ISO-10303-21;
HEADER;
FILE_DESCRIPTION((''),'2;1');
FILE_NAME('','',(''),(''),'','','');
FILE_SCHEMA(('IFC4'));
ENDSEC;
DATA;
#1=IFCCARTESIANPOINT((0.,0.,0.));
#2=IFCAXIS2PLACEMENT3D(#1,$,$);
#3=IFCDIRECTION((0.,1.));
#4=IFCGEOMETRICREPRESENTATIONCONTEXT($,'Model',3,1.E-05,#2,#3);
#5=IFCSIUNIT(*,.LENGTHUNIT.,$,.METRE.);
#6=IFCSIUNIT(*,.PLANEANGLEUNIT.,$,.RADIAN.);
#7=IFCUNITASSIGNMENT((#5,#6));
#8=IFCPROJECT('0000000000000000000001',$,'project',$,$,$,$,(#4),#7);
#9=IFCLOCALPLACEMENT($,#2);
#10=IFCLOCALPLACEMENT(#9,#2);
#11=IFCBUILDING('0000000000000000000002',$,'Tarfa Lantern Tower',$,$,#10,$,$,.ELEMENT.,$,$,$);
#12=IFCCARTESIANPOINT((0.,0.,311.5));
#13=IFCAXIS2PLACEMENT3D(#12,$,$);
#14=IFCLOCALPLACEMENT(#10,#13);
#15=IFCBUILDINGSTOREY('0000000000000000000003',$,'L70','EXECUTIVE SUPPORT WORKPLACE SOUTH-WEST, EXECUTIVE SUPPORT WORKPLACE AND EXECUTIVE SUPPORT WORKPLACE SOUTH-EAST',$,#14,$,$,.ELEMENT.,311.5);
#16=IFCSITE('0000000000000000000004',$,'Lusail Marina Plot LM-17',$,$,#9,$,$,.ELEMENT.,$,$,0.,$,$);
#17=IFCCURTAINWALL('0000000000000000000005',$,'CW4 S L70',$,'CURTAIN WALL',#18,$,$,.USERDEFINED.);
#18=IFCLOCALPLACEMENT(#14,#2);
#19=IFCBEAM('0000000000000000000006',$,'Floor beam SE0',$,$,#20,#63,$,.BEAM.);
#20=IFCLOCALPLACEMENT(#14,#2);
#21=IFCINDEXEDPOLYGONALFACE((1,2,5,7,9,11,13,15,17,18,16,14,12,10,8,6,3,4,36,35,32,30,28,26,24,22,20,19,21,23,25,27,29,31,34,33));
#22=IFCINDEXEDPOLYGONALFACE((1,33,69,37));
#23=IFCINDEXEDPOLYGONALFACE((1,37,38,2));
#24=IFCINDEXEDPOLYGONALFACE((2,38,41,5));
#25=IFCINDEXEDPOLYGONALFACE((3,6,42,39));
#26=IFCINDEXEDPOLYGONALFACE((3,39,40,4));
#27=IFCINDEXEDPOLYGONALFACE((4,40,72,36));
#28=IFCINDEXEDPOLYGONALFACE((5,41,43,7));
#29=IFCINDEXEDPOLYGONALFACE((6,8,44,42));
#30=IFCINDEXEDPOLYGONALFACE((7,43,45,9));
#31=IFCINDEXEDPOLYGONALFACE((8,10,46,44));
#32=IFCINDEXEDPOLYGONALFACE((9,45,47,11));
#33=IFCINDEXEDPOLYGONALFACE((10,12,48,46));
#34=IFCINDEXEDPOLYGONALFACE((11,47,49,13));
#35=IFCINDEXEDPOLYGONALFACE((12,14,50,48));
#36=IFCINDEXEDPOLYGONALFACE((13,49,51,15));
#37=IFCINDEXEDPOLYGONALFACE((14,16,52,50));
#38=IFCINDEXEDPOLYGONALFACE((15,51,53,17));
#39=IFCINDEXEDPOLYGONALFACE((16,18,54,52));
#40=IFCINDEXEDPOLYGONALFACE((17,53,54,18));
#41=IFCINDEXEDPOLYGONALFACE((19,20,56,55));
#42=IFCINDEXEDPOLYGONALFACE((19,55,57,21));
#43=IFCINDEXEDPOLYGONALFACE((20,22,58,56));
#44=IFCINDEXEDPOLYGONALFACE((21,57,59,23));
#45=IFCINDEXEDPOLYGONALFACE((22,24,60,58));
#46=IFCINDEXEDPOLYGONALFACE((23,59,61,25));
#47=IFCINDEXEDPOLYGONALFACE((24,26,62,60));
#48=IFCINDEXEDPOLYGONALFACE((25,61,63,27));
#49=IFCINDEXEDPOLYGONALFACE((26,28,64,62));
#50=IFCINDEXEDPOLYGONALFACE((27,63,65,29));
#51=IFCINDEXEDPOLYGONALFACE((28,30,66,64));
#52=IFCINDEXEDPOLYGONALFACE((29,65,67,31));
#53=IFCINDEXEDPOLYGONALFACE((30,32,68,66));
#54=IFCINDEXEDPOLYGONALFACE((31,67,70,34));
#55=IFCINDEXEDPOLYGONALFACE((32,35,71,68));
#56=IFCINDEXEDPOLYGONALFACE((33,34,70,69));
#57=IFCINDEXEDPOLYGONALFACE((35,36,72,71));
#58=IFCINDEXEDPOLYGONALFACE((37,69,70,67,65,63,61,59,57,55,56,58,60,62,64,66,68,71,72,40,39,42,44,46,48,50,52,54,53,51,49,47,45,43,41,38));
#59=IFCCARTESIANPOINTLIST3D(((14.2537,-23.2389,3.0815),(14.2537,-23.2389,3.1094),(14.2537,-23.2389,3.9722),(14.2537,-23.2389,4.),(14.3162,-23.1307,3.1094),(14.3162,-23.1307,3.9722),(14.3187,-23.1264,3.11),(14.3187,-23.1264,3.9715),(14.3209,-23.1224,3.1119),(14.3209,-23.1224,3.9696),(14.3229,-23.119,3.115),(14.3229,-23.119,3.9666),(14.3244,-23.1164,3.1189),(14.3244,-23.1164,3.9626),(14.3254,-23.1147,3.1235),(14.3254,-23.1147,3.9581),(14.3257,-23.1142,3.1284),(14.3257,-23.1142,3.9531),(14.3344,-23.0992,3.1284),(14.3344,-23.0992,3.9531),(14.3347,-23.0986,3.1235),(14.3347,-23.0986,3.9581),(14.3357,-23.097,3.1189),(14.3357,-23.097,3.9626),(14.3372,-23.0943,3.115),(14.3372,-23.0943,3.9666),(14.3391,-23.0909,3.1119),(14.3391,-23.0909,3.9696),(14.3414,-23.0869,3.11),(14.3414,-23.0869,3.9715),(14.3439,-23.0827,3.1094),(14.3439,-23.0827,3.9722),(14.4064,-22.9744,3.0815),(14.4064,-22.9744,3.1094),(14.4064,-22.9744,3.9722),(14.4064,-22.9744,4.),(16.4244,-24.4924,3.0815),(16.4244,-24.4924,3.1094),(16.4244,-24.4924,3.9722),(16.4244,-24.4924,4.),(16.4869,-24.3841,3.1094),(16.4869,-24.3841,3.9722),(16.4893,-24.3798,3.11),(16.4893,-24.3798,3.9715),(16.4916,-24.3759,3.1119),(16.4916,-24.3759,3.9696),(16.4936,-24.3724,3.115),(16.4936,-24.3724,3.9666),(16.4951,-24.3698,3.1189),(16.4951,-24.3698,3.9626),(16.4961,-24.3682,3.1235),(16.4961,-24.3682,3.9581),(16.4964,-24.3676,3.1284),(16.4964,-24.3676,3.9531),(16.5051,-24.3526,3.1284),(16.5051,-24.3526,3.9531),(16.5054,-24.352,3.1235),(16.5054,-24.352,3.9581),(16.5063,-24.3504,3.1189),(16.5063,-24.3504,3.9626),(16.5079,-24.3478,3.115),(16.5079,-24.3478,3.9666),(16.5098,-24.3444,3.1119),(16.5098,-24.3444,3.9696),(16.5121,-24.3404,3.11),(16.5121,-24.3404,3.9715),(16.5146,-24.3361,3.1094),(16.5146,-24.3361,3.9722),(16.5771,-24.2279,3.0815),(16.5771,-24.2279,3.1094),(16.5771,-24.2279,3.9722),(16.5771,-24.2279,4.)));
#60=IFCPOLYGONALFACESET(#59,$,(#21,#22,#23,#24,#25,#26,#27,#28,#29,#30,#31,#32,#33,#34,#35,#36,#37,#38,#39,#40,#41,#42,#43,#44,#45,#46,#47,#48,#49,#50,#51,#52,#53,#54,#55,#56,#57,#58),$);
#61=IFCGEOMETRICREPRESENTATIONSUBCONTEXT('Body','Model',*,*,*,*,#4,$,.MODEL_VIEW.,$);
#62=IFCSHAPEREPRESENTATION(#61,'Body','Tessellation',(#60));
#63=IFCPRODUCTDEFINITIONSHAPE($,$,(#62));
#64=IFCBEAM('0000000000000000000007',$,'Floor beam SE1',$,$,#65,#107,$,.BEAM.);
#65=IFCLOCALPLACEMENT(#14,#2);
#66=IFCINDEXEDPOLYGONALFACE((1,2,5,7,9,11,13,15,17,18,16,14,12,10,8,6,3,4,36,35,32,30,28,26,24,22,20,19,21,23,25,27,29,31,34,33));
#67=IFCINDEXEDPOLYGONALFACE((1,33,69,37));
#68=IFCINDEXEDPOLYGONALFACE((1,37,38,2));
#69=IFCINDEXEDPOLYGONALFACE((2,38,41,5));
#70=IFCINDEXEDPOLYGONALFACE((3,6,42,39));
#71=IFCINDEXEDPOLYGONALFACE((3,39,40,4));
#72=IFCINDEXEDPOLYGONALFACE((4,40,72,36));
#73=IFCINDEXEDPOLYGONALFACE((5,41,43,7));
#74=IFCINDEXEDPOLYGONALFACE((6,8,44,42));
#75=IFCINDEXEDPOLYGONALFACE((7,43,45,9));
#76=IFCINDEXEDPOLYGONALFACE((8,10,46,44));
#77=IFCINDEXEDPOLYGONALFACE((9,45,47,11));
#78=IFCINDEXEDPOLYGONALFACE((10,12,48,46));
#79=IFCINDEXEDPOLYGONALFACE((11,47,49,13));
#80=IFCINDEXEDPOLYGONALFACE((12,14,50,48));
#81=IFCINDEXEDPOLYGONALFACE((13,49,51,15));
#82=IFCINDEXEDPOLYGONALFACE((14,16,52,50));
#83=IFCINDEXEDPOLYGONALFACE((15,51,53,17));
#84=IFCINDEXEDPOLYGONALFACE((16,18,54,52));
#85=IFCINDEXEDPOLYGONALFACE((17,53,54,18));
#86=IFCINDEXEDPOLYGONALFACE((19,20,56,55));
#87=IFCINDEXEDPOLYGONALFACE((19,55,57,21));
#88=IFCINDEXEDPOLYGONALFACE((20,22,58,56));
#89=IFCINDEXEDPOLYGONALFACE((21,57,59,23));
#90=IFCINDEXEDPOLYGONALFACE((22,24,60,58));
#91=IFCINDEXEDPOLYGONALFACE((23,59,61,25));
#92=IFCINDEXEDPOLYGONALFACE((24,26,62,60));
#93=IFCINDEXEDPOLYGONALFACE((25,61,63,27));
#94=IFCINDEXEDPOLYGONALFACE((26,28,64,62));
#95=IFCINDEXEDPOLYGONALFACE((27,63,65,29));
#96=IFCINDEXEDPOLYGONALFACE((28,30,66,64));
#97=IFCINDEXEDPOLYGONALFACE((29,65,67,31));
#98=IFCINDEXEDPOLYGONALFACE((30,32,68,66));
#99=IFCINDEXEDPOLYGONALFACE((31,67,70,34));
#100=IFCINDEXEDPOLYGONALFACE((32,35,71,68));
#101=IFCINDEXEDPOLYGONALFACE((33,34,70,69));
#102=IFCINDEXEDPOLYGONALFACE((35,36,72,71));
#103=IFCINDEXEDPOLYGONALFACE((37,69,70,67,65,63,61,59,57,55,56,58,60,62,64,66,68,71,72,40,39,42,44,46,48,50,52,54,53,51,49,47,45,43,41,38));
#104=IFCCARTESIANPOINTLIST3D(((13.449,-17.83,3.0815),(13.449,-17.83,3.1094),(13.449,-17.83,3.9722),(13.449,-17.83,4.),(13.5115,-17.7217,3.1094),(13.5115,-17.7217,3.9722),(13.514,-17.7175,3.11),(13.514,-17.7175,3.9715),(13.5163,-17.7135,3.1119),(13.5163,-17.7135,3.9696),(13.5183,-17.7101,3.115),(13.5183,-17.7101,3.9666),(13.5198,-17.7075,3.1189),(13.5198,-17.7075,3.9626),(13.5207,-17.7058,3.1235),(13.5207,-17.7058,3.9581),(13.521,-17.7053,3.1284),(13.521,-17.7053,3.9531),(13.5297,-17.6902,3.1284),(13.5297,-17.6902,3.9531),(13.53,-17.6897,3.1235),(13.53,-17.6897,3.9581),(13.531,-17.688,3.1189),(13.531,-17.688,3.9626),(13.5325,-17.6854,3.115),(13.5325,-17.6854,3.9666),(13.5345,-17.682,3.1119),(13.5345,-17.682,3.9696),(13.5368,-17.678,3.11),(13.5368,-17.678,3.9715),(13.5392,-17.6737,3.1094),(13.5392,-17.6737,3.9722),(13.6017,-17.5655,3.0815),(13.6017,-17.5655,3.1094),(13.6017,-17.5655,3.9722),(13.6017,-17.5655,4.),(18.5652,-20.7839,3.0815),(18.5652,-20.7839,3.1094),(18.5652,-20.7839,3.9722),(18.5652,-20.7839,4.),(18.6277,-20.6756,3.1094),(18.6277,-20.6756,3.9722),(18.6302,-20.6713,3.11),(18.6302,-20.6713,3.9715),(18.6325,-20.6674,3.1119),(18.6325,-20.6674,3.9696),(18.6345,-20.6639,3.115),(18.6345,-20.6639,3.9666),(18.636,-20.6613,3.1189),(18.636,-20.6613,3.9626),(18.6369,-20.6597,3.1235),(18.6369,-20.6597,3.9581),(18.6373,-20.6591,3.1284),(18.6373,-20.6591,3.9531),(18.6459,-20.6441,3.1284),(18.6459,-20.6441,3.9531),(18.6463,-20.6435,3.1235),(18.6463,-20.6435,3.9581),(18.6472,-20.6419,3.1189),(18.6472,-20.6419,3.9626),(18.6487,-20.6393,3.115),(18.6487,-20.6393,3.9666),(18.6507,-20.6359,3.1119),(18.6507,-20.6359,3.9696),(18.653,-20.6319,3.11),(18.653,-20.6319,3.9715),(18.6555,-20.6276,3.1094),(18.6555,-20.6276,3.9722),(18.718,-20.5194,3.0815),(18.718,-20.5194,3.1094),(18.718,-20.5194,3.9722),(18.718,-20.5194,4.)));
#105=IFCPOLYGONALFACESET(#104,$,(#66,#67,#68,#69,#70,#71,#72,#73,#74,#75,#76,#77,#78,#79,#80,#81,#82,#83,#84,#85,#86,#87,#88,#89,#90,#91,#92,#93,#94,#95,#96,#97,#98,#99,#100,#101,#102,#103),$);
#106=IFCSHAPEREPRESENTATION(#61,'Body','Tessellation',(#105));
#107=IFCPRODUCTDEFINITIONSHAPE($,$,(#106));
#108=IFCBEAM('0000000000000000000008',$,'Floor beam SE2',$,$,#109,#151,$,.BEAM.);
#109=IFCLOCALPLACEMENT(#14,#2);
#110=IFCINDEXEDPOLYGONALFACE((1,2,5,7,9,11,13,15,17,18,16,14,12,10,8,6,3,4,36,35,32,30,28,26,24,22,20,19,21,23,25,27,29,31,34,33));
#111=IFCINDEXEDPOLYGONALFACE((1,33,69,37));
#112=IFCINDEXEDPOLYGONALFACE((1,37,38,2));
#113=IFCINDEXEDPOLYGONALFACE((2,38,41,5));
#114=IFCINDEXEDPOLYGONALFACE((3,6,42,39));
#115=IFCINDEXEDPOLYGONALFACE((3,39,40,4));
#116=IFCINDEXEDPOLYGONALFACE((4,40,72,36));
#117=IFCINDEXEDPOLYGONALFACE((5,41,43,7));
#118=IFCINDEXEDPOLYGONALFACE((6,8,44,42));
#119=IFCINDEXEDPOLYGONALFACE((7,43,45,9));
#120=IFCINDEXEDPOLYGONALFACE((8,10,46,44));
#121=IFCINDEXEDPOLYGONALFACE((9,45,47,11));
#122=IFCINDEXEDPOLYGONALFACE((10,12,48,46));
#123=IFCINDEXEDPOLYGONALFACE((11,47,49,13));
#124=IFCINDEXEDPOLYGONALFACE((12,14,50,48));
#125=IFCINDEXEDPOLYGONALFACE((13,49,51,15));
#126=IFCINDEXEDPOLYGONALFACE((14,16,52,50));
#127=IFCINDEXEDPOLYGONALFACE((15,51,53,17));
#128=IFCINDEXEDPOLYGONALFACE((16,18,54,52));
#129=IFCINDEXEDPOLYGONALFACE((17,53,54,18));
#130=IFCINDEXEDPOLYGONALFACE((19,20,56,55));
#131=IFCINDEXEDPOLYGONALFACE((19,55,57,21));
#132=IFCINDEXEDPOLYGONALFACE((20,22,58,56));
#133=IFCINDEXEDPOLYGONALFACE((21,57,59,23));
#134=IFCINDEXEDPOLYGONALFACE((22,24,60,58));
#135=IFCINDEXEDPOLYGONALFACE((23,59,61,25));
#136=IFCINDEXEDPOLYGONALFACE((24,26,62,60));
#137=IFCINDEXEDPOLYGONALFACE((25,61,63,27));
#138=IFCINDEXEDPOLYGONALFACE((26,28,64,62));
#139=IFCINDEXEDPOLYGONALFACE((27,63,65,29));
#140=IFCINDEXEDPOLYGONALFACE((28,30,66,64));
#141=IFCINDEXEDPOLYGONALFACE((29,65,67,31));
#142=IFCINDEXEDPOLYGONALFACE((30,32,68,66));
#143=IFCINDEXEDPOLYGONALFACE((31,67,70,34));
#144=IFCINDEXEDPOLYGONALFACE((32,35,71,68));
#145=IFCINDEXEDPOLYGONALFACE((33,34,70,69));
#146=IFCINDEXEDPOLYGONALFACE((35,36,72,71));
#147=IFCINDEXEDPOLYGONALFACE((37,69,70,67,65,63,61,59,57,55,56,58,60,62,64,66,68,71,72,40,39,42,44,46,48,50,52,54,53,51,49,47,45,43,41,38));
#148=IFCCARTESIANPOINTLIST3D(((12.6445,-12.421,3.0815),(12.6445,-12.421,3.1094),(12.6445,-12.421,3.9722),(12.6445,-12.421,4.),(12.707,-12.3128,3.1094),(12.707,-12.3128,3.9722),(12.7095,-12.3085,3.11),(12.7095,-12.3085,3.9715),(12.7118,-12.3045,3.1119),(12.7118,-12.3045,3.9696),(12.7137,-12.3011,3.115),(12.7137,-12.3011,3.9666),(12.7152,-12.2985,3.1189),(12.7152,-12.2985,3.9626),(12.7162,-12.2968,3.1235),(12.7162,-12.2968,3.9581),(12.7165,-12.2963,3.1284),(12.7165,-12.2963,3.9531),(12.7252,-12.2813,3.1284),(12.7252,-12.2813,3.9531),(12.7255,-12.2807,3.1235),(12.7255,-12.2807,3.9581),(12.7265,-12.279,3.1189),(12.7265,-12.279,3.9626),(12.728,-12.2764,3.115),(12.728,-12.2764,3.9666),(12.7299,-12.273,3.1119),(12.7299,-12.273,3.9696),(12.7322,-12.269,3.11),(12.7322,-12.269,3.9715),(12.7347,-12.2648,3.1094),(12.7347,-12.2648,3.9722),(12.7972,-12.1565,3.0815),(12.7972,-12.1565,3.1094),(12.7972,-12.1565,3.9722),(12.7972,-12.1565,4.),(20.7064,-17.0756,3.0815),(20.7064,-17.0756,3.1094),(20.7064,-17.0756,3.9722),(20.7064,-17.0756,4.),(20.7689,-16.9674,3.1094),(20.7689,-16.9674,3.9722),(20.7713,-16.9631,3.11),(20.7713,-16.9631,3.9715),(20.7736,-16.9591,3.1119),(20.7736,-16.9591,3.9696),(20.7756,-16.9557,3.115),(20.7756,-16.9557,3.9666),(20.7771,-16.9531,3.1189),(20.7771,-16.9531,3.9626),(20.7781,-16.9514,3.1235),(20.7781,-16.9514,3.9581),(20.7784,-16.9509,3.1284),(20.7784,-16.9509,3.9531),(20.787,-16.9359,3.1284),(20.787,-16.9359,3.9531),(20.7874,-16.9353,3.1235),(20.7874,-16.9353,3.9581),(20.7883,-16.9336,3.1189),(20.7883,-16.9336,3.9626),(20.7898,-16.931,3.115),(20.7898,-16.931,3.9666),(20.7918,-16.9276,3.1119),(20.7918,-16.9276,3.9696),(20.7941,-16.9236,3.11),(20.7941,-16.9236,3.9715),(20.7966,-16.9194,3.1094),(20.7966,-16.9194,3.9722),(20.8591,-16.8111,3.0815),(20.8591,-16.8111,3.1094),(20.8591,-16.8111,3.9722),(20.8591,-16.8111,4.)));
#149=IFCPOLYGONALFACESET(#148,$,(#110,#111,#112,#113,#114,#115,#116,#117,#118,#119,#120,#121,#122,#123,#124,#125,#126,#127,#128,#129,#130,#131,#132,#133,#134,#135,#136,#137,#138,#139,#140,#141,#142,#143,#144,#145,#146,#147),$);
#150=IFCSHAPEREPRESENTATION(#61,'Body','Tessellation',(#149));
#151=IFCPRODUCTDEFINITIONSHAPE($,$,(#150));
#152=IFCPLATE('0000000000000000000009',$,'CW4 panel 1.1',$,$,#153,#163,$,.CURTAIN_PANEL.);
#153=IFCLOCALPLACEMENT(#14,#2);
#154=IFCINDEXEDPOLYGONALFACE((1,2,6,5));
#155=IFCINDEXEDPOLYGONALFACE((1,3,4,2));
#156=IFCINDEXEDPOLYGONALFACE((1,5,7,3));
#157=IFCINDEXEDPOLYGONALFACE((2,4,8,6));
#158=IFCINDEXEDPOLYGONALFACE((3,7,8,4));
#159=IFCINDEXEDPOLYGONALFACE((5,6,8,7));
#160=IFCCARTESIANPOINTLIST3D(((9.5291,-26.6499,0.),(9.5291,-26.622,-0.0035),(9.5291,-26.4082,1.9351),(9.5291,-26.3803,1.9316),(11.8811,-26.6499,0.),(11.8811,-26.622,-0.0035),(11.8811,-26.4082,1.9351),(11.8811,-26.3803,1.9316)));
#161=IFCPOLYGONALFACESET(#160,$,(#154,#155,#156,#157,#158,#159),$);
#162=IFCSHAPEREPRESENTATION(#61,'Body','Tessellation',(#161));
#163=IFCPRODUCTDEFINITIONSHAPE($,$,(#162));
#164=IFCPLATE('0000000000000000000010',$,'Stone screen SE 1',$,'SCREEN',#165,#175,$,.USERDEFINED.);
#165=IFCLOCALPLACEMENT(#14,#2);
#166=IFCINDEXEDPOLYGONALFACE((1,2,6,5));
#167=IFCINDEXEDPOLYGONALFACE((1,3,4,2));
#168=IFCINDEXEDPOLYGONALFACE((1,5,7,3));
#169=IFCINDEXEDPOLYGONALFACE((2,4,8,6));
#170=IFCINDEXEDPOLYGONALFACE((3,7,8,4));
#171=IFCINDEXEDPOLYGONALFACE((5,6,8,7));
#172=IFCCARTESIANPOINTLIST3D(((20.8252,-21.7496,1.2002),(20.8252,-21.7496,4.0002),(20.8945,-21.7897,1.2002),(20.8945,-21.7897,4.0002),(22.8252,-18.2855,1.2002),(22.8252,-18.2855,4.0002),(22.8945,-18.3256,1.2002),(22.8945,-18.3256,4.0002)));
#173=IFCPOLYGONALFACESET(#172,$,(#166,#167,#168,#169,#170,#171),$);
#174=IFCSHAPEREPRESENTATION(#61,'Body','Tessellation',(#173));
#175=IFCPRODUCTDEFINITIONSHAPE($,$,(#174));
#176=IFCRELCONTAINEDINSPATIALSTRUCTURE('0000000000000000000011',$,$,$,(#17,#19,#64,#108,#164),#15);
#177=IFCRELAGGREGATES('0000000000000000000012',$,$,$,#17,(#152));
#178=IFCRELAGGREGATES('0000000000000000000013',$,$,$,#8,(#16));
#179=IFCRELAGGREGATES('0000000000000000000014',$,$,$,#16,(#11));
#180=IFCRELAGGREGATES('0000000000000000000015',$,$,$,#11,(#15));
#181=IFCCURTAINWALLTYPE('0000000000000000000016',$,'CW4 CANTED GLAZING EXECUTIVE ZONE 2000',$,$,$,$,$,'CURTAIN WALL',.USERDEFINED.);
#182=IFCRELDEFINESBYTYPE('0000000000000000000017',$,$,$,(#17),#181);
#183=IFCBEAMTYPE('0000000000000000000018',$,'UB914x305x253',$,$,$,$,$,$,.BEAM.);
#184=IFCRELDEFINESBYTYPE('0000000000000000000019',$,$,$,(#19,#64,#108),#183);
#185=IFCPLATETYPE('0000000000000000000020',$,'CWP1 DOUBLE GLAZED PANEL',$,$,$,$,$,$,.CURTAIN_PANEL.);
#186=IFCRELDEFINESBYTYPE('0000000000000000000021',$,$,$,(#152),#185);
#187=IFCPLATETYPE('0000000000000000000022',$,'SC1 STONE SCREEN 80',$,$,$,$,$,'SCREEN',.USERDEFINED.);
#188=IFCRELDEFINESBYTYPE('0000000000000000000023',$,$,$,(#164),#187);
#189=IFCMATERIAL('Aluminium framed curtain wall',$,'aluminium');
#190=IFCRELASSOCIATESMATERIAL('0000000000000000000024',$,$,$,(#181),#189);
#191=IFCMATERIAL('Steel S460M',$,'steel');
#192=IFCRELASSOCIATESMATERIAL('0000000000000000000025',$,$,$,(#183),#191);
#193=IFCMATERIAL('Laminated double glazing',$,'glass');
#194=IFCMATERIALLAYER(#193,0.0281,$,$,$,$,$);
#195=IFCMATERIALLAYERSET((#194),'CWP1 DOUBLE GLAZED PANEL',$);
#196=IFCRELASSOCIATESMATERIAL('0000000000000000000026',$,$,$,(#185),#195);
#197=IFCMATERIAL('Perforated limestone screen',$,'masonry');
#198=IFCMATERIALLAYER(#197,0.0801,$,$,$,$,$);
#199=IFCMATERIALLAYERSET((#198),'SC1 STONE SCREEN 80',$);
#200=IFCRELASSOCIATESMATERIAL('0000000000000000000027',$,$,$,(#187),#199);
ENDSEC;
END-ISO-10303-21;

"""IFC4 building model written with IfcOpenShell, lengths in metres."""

from ifc_helpers import new_model, si_unit, direction, frame, origin, origin_2d, place, context, subcontext, project, spatial, polyline, rectangle, i_section, outline, extrude, material, layer, layer_set, material_profile, profile_set, type_object, element, aggregate, save


model = new_model("IFC4")

# Units and contexts
model_context = context("Model", 3, precision=1e-05, world=origin(), true_north=direction((0.0, 1.0)))
body_context = subcontext(model_context, "Body", "Model", "MODEL_VIEW")
ifc_project = project(units=[si_unit("LENGTHUNIT", "METRE"), si_unit("PLANEANGLEUNIT", "RADIAN")], contexts=[model_context])

# Site, building, storey
site_placement = place(None, origin())
site = spatial("IfcSite", under=ifc_project, at=site_placement, Name="Lusail Marina Plot LM-17", CompositionType="ELEMENT", RefElevation=0.0)
building_placement = place(site_placement, origin())
building = spatial("IfcBuilding", under=site, at=building_placement, Name="Tarfa Lantern Tower", CompositionType="ELEMENT")
storey_placement = place(building_placement, frame((0.0, 0.0, 311.5)))
storey = spatial("IfcBuildingStorey", under=building, at=storey_placement, Name="L70", Description="EXECUTIVE SUPPORT WORKPLACE SOUTH-WEST, EXECUTIVE SUPPORT WORKPLACE AND EXECUTIVE SUPPORT WORKPLACE SOUTH-EAST", CompositionType="ELEMENT", Elevation=311.5)

# Shared definitions
ifc_material_1 = material(Name="Steel S460M", Category="steel")

# Curtain wall
ifc_material_2 = material(Name="Aluminium framed curtain wall", Category="aluminium")
curtain_wall_type = type_object("IfcCurtainWallType", Name="CW4 CANTED GLAZING EXECUTIVE ZONE 2000", ElementType="CURTAIN WALL", PredefinedType="USERDEFINED", material=ifc_material_2)
curtain_wall_placement = place(storey_placement, origin())
curtain_wall = element("IfcCurtainWall", 1, at=curtain_wall_placement, inside=storey, type_object=curtain_wall_type, Name="CW4 S L70", ObjectType="CURTAIN WALL", PredefinedType="USERDEFINED")

# Beams
ifc_material_profile_1 = material_profile(ifc_material_1, i_section(OverallWidth=0.3054, OverallDepth=0.9185, WebThickness=0.0173, FlangeThickness=0.0278, FilletRadius=0.019, at=origin_2d()), Name="UB914x305x253")
ifc_profile_set_1 = profile_set([ifc_material_profile_1], Name="Steel S460M")
beam_type_1 = type_object("IfcBeamType", Name="UB914x305x253", PredefinedType="BEAM", material=ifc_profile_set_1)
beam_1_placement = place(storey_placement, frame((16.5007, -24.3601, 3.5408), z_axis=(-0.865993, 0.500057, 0.0), x_axis=(-0.500057, -0.865993, 0.0)))
element("IfcBeam", 2, at=beam_1_placement, inside=storey, type_object=beam_type_1, Name="Floor beam SE0", PredefinedType="BEAM", context=body_context, shape_type="SweptSolid", body=[
    extrude(i_section(OverallWidth=0.3054, OverallDepth=0.9185, WebThickness=0.0173, FlangeThickness=0.0278, FilletRadius=0.019, at=origin_2d()), origin(), (0.0, 0.0, 1.0), 2.5066),
])
beam_2_placement = place(storey_placement, frame((18.6416, -20.6516, 3.5408), z_axis=(-0.866025, 0.500001, 0.0), x_axis=(-0.500001, -0.866025, 0.0)))
element("IfcBeam", 3, at=beam_2_placement, inside=storey, type_object=beam_type_1, Name="Floor beam SE1", PredefinedType="BEAM", context=body_context, shape_type="SweptSolid", body=[
    extrude(i_section(OverallWidth=0.3054, OverallDepth=0.9185, WebThickness=0.0173, FlangeThickness=0.0278, FilletRadius=0.019, at=origin_2d()), origin(), (0.0, 0.0, 1.0), 5.9077),
])
beam_3_placement = place(storey_placement, frame((20.7827, -16.9434, 3.5408), z_axis=(-0.866022, 0.500006, 0.0), x_axis=(-0.500006, -0.866022, 0.0)))
element("IfcBeam", 4, at=beam_3_placement, inside=storey, type_object=beam_type_1, Name="Floor beam SE2", PredefinedType="BEAM", context=body_context, shape_type="SweptSolid", body=[
    extrude(i_section(OverallWidth=0.3054, OverallDepth=0.9185, WebThickness=0.0173, FlangeThickness=0.0278, FilletRadius=0.019, at=origin_2d()), origin(), (0.0, 0.0, 1.0), 9.3091),
])

# Plates
ifc_material_3 = material(Name="Laminated double glazing", Category="glass")
ifc_layer_1 = layer(ifc_material_3, 0.0281)
ifc_layer_set_1 = layer_set([ifc_layer_1], Name="CWP1 DOUBLE GLAZED PANEL")
plate_type_1 = type_object("IfcPlateType", Name="CWP1 DOUBLE GLAZED PANEL", PredefinedType="CURTAIN_PANEL", material=ifc_layer_set_1)
plate_1_placement = place(storey_placement, frame((9.5291, -26.6499, 0.0), z_axis=(0.0, -0.992289, 0.123942), x_axis=(1.0, 0.0, 0.0)))
plate_1 = element("IfcPlate", 5, at=plate_1_placement, type_object=plate_type_1, Name="CW4 panel 1.1", PredefinedType="CURTAIN_PANEL", context=body_context, shape_type="SweptSolid", body=[
    extrude(outline(polyline([(0.0, 0.0), (2.3521, 0.0), (2.3521, 1.9501), (0.0, 1.9501), (0.0, 0.0)])), origin(), (0.0, 0.0, -1.0), 0.0281),
])
aggregate(curtain_wall, [plate_1])
ifc_material_4 = material(Name="Perforated limestone screen", Category="masonry")
ifc_layer_2 = layer(ifc_material_4, 0.0801)
ifc_layer_set_2 = layer_set([ifc_layer_2], Name="SC1 STONE SCREEN 80")
plate_type_2 = type_object("IfcPlateType", Name="SC1 STONE SCREEN 80", ElementType="SCREEN", PredefinedType="USERDEFINED", material=ifc_layer_set_2)
plate_2_placement = place(storey_placement, frame((21.8599, -20.0376, 1.2002), z_axis=(0.0, 0.0, 1.0), x_axis=(0.5, 0.866025, 0.0)))
element("IfcPlate", 6, at=plate_2_placement, inside=storey, type_object=plate_type_2, Name="Stone screen SE 1", ObjectType="SCREEN", PredefinedType="USERDEFINED", context=body_context, shape_type="SweptSolid", body=[
    extrude(rectangle(XDim=4.0, YDim=0.0801, at=origin_2d()), origin(), (0.0, 0.0, 1.0), 2.8),
])

save(model, "model.ifc")
